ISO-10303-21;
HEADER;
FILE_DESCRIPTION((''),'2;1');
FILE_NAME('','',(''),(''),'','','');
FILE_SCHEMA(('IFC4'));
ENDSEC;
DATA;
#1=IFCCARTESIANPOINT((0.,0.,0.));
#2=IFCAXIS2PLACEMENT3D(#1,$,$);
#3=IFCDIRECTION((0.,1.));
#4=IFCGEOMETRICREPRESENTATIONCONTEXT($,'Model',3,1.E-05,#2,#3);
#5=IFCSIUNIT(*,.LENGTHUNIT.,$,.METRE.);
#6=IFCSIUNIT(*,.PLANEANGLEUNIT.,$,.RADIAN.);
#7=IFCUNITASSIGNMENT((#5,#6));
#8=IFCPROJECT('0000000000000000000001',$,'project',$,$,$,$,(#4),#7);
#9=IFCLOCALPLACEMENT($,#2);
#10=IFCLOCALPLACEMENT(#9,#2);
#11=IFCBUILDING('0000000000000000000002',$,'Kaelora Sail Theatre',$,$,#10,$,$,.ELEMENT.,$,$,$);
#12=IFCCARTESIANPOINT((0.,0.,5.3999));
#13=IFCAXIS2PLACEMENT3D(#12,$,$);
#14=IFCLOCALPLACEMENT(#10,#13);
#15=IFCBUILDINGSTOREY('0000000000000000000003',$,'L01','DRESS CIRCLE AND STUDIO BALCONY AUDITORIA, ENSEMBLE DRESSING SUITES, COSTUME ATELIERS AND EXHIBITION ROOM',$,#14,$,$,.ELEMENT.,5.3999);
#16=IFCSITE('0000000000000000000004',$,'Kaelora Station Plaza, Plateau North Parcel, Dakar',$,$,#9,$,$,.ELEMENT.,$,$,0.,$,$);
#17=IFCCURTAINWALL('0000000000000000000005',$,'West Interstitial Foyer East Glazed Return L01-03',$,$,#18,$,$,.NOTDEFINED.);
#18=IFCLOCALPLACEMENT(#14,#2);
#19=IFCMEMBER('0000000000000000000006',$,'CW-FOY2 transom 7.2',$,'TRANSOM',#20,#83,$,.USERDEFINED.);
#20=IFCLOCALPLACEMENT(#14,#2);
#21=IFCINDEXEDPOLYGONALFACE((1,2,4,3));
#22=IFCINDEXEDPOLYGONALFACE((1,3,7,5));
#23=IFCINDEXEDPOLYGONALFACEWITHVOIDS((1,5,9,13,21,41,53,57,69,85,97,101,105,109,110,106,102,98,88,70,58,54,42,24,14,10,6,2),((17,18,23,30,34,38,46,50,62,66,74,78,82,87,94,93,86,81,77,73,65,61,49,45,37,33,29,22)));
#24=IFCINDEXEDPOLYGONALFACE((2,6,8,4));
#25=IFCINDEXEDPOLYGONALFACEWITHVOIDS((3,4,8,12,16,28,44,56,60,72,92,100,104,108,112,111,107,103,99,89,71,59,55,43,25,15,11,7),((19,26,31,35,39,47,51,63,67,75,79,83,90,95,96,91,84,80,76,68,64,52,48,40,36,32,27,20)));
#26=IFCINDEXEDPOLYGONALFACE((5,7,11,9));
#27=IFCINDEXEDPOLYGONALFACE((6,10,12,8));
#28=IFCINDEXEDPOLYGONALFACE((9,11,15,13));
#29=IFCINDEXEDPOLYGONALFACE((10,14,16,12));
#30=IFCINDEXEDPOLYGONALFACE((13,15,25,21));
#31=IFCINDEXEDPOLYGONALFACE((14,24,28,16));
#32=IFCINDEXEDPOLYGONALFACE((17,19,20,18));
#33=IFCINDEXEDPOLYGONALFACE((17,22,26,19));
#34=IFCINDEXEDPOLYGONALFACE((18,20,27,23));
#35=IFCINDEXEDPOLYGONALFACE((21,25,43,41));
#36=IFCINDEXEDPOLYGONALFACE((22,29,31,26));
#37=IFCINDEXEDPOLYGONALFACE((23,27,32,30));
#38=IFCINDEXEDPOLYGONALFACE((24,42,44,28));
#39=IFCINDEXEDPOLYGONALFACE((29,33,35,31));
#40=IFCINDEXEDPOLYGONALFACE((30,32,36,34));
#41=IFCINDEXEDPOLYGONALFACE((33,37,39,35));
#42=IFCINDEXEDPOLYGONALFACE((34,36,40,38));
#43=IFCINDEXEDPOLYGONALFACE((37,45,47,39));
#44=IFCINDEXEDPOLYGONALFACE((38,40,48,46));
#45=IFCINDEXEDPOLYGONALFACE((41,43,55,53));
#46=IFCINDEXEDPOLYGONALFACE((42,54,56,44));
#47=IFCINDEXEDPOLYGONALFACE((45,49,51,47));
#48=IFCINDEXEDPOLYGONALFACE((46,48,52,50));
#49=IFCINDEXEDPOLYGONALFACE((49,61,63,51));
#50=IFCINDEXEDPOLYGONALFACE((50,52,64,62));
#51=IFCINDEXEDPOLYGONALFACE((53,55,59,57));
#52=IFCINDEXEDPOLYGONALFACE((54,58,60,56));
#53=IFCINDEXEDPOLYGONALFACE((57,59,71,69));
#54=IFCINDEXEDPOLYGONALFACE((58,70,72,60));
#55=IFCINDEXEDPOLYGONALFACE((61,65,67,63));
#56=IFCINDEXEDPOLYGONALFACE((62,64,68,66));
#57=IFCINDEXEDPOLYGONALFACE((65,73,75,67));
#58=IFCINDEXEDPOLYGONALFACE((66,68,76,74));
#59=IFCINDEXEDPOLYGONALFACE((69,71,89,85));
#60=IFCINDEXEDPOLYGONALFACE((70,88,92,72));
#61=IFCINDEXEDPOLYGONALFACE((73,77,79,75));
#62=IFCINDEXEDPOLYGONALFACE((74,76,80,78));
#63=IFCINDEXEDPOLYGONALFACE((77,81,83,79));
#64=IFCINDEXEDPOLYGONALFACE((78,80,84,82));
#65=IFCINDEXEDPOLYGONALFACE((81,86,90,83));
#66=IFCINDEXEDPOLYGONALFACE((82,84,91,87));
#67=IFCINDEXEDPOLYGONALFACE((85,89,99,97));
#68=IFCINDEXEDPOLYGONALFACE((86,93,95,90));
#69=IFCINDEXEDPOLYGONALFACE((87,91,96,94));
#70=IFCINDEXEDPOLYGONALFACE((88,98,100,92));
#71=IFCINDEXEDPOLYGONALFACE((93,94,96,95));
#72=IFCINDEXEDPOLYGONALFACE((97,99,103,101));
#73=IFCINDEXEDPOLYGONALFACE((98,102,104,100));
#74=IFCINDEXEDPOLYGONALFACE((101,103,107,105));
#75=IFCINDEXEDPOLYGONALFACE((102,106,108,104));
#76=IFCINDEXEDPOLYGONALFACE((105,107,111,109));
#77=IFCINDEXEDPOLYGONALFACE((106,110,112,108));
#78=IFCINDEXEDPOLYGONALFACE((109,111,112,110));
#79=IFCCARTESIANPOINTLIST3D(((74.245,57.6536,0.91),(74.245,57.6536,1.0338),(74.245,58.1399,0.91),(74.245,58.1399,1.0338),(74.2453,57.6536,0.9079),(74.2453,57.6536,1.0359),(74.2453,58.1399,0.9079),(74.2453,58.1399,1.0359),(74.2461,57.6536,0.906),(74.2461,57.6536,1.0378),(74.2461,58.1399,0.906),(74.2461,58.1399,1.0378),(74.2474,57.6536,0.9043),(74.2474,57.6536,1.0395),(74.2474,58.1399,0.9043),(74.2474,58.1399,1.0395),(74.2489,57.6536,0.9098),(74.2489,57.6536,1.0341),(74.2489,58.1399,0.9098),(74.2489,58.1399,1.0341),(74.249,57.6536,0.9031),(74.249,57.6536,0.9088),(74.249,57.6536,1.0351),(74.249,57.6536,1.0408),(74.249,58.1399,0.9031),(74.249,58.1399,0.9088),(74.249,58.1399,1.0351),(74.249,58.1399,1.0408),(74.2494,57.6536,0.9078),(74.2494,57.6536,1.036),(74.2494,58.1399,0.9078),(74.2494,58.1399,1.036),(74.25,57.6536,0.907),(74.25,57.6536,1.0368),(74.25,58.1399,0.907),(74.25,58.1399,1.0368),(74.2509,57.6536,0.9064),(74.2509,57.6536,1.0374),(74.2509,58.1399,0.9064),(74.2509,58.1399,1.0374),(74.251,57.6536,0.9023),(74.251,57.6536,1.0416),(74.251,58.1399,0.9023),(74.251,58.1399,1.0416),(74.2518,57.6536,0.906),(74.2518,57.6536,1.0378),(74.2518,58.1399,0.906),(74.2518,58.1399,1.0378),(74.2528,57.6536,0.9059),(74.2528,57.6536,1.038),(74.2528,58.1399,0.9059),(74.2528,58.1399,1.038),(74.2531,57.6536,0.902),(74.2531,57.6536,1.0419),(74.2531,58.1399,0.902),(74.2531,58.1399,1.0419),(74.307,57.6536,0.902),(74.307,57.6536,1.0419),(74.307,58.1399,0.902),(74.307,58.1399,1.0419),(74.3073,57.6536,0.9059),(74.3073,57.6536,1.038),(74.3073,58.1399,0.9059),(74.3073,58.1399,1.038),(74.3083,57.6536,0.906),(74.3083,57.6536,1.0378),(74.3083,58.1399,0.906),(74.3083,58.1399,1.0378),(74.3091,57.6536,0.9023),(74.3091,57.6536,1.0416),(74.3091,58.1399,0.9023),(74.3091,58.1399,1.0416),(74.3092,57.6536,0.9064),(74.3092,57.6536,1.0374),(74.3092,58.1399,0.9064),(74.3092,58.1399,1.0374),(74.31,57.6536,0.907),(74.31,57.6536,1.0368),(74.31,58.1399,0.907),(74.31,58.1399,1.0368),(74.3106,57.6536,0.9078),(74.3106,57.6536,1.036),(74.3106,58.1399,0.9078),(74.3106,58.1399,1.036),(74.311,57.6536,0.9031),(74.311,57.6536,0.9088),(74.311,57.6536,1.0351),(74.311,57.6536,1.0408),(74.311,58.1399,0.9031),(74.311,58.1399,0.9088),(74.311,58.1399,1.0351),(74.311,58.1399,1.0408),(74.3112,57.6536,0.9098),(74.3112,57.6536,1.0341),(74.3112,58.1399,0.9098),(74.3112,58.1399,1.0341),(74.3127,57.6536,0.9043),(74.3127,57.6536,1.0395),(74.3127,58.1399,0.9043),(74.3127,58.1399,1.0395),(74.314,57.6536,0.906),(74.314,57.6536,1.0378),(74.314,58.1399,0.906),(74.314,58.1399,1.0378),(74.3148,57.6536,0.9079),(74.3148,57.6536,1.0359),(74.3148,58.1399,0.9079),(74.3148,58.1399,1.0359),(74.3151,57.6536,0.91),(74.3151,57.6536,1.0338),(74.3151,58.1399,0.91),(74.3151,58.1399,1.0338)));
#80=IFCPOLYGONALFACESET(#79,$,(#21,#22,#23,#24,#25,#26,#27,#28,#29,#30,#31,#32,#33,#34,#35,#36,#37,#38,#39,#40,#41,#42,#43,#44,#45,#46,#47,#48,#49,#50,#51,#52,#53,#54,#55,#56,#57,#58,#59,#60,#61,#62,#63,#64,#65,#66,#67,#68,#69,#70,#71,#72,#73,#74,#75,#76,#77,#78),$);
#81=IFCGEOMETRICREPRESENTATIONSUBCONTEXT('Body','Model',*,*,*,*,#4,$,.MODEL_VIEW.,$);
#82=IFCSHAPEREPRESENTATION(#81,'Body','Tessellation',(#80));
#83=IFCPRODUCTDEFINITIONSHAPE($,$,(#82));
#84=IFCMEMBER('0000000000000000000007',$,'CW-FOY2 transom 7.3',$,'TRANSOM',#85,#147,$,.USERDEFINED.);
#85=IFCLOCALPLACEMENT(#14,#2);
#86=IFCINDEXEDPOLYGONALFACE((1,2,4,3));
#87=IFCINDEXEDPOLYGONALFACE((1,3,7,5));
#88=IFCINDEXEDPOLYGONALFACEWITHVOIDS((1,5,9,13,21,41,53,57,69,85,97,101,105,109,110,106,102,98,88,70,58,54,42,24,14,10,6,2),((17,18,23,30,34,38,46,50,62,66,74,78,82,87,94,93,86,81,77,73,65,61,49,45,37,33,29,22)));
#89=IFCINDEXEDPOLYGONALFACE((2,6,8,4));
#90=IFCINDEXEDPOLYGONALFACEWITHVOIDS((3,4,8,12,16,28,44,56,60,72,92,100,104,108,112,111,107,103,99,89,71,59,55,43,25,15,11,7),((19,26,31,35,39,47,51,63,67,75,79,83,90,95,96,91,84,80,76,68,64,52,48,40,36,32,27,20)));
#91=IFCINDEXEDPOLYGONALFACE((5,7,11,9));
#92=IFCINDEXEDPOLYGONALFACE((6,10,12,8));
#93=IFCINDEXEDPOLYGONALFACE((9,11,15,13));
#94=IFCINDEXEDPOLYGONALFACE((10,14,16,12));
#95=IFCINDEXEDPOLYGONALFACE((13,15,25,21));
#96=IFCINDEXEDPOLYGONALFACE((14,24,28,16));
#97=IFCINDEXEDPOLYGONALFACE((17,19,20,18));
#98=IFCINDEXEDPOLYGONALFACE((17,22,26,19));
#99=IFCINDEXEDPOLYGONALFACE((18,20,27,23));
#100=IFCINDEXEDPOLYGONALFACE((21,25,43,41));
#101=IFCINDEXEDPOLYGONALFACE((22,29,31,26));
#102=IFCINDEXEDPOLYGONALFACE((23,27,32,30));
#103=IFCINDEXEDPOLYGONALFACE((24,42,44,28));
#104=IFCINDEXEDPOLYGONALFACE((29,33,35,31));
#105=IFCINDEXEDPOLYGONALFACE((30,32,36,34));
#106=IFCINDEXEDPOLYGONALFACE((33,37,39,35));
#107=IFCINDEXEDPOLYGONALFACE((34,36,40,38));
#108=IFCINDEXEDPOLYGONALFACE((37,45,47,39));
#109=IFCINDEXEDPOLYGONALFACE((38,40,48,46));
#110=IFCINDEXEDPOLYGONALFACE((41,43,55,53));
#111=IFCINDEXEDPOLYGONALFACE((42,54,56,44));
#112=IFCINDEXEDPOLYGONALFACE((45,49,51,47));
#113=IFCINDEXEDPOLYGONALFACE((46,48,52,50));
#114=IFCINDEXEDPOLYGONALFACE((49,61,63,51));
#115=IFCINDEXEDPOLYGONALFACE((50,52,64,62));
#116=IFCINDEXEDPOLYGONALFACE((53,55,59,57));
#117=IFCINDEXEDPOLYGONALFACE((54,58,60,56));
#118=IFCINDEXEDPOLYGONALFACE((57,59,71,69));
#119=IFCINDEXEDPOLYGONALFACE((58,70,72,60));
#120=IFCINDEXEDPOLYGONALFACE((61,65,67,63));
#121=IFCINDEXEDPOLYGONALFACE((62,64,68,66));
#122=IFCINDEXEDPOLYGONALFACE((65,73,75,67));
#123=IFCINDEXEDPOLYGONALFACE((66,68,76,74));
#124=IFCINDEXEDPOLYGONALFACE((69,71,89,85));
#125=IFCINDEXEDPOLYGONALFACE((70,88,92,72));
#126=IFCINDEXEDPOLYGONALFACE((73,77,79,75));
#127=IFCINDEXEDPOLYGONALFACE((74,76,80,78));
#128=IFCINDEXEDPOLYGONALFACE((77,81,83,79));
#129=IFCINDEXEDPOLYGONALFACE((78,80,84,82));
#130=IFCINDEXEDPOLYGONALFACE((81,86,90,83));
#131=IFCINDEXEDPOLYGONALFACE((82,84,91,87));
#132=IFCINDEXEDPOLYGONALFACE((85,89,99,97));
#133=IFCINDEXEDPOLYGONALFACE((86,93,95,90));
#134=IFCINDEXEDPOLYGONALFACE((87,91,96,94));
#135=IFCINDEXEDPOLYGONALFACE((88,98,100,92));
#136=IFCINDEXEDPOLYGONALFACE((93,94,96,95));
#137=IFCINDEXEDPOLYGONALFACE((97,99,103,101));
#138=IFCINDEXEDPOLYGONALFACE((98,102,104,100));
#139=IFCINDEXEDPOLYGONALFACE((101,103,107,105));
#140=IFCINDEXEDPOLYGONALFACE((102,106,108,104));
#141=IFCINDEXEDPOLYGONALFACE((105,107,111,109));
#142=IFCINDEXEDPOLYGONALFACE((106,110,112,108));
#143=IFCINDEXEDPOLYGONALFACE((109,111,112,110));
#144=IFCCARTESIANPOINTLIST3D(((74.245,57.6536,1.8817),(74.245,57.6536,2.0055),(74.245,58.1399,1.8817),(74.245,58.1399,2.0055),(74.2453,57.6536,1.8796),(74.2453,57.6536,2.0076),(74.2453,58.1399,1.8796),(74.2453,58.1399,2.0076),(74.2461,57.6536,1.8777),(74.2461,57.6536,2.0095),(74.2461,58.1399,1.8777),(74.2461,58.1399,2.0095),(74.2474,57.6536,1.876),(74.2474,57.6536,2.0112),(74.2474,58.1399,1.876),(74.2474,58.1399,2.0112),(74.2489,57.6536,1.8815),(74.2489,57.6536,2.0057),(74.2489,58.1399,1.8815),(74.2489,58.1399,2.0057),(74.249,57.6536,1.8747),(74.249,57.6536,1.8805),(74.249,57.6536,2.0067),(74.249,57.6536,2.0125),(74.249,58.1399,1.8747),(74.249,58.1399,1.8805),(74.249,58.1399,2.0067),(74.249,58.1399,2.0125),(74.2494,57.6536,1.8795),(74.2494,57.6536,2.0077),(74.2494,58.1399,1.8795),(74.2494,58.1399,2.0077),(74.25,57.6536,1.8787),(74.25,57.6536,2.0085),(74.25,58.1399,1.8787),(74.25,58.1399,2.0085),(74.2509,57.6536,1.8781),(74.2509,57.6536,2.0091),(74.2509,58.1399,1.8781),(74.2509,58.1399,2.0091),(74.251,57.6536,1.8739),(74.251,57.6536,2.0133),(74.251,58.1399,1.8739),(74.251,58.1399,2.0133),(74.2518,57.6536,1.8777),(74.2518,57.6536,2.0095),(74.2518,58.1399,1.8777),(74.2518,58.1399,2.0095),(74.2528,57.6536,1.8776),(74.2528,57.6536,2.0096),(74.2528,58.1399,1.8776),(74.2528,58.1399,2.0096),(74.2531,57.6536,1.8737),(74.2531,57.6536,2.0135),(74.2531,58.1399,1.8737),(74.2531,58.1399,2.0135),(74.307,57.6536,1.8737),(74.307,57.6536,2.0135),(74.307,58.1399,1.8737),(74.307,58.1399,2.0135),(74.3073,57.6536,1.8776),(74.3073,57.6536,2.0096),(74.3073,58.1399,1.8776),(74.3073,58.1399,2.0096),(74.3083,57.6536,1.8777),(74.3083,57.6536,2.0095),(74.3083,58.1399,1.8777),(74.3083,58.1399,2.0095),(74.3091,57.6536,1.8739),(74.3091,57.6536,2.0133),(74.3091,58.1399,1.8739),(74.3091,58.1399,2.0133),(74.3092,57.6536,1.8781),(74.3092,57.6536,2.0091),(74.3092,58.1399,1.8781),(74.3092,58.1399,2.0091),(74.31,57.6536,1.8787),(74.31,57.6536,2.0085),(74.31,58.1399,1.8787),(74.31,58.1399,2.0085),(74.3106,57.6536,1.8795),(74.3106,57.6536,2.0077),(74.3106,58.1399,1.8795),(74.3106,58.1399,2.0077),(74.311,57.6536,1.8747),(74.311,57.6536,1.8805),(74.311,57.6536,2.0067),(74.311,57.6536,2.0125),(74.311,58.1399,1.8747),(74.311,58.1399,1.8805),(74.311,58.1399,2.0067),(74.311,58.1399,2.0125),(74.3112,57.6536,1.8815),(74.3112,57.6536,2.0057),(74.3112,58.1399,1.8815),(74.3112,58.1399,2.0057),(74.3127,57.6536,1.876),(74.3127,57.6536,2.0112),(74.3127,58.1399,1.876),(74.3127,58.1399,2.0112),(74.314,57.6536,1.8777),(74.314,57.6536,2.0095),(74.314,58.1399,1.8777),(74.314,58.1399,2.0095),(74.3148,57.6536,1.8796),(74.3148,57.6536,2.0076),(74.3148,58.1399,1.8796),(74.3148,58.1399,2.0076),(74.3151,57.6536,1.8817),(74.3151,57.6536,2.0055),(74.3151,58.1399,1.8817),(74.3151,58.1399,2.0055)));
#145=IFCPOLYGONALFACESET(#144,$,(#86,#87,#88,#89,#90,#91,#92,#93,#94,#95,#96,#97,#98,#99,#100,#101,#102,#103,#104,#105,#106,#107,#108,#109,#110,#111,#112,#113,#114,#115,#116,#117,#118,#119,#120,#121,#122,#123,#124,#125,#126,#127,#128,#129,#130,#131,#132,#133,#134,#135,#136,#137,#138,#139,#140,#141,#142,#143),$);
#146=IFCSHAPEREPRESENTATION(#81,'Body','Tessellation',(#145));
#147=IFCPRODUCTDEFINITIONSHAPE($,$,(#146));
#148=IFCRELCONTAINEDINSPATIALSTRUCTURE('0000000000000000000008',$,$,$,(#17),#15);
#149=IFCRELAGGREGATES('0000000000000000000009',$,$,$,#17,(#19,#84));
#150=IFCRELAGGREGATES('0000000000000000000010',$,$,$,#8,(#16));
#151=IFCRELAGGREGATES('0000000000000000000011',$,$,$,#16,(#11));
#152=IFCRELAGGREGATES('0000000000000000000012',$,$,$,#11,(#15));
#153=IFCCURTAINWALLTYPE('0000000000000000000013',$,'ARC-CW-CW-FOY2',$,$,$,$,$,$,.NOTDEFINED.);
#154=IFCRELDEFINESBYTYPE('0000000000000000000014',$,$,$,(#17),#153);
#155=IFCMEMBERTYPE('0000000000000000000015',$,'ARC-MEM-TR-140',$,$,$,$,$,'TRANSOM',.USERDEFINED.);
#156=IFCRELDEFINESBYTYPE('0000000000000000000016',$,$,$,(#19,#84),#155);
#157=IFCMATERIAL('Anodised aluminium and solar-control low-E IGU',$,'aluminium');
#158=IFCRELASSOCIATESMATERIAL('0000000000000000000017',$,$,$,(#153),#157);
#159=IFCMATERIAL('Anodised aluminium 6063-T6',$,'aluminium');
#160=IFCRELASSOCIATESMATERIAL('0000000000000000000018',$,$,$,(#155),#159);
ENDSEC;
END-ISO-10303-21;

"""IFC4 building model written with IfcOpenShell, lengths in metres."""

from ifc_helpers import new_model, si_unit, direction, frame, origin, origin_2d, place, context, subcontext, project, spatial, hollow_rectangle, extrude, material, material_profile, profile_set, type_object, element, aggregate, save


model = new_model("IFC4")

# Units and contexts
model_context = context("Model", 3, precision=1e-05, world=origin(), true_north=direction((0.0, 1.0)))
body_context = subcontext(model_context, "Body", "Model", "MODEL_VIEW")
ifc_project = project(units=[si_unit("LENGTHUNIT", "METRE"), si_unit("PLANEANGLEUNIT", "RADIAN")], contexts=[model_context])

# Site, building, storey
site_placement = place(None, origin())
site = spatial("IfcSite", under=ifc_project, at=site_placement, Name="Kaelora Station Plaza, Plateau North Parcel, Dakar", CompositionType="ELEMENT", RefElevation=0.0)
building_placement = place(site_placement, origin())
building = spatial("IfcBuilding", under=site, at=building_placement, Name="Kaelora Sail Theatre", CompositionType="ELEMENT")
storey_placement = place(building_placement, frame((0.0, 0.0, 5.3999)))
storey = spatial("IfcBuildingStorey", under=building, at=storey_placement, Name="L01", Description="DRESS CIRCLE AND STUDIO BALCONY AUDITORIA, ENSEMBLE DRESSING SUITES, COSTUME ATELIERS AND EXHIBITION ROOM", CompositionType="ELEMENT", Elevation=5.3999)

# Curtain wall
ifc_material_1 = material(Name="Anodised aluminium and solar-control low-E IGU", Category="aluminium")
curtain_wall_type = type_object("IfcCurtainWallType", Name="ARC-CW-CW-FOY2", PredefinedType="NOTDEFINED", material=ifc_material_1)
curtain_wall_1_placement = place(storey_placement, origin())
curtain_wall_1 = element("IfcCurtainWall", 1, at=curtain_wall_1_placement, inside=storey, type_object=curtain_wall_type, Name="West Interstitial Foyer East Glazed Return L01-03", PredefinedType="NOTDEFINED")

# Members
ifc_material_2 = material(Name="Anodised aluminium 6063-T6", Category="aluminium")
ifc_material_profile_1 = material_profile(ifc_material_2, hollow_rectangle(XDim=0.0701, YDim=0.1399, WallThickness=0.0039, InnerFilletRadius=0.0039, OuterFilletRadius=0.0081, at=origin_2d()), Name="ALU-TRAN 70x140x4")
ifc_profile_set_1 = profile_set([ifc_material_profile_1], Name="Anodised aluminium 6063-T6")
member_type_1 = type_object("IfcMemberType", Name="ARC-MEM-TR-140", ElementType="TRANSOM", PredefinedType="USERDEFINED", material=ifc_profile_set_1)
member_1_placement = place(storey_placement, frame((74.28, 57.6536, 0.9719), z_axis=(0.0, 1.0, 0.0), x_axis=(-1.0, 0.0, 0.0)))
member_1 = element("IfcMember", 2, at=member_1_placement, type_object=member_type_1, Name="CW-FOY2 transom 7.2", ObjectType="TRANSOM", PredefinedType="USERDEFINED", context=body_context, shape_type="SweptSolid", body=[
    extrude(hollow_rectangle(XDim=0.0701, YDim=0.1399, WallThickness=0.0039, InnerFilletRadius=0.0039, OuterFilletRadius=0.0081, at=origin_2d()), origin(), (0.0, 0.0, 1.0), 0.4863),
])
member_2_placement = place(storey_placement, frame((74.28, 57.6536, 1.9436), z_axis=(0.0, 1.0, 0.0), x_axis=(-1.0, 0.0, 0.0)))
member_2 = element("IfcMember", 3, at=member_2_placement, type_object=member_type_1, Name="CW-FOY2 transom 7.3", ObjectType="TRANSOM", PredefinedType="USERDEFINED", context=body_context, shape_type="SweptSolid", body=[
    extrude(hollow_rectangle(XDim=0.0701, YDim=0.1399, WallThickness=0.0039, InnerFilletRadius=0.0039, OuterFilletRadius=0.0081, at=origin_2d()), origin(), (0.0, 0.0, 1.0), 0.4863),
])

aggregate(curtain_wall_1, [member_1, member_2])

save(model, "model.ifc")
